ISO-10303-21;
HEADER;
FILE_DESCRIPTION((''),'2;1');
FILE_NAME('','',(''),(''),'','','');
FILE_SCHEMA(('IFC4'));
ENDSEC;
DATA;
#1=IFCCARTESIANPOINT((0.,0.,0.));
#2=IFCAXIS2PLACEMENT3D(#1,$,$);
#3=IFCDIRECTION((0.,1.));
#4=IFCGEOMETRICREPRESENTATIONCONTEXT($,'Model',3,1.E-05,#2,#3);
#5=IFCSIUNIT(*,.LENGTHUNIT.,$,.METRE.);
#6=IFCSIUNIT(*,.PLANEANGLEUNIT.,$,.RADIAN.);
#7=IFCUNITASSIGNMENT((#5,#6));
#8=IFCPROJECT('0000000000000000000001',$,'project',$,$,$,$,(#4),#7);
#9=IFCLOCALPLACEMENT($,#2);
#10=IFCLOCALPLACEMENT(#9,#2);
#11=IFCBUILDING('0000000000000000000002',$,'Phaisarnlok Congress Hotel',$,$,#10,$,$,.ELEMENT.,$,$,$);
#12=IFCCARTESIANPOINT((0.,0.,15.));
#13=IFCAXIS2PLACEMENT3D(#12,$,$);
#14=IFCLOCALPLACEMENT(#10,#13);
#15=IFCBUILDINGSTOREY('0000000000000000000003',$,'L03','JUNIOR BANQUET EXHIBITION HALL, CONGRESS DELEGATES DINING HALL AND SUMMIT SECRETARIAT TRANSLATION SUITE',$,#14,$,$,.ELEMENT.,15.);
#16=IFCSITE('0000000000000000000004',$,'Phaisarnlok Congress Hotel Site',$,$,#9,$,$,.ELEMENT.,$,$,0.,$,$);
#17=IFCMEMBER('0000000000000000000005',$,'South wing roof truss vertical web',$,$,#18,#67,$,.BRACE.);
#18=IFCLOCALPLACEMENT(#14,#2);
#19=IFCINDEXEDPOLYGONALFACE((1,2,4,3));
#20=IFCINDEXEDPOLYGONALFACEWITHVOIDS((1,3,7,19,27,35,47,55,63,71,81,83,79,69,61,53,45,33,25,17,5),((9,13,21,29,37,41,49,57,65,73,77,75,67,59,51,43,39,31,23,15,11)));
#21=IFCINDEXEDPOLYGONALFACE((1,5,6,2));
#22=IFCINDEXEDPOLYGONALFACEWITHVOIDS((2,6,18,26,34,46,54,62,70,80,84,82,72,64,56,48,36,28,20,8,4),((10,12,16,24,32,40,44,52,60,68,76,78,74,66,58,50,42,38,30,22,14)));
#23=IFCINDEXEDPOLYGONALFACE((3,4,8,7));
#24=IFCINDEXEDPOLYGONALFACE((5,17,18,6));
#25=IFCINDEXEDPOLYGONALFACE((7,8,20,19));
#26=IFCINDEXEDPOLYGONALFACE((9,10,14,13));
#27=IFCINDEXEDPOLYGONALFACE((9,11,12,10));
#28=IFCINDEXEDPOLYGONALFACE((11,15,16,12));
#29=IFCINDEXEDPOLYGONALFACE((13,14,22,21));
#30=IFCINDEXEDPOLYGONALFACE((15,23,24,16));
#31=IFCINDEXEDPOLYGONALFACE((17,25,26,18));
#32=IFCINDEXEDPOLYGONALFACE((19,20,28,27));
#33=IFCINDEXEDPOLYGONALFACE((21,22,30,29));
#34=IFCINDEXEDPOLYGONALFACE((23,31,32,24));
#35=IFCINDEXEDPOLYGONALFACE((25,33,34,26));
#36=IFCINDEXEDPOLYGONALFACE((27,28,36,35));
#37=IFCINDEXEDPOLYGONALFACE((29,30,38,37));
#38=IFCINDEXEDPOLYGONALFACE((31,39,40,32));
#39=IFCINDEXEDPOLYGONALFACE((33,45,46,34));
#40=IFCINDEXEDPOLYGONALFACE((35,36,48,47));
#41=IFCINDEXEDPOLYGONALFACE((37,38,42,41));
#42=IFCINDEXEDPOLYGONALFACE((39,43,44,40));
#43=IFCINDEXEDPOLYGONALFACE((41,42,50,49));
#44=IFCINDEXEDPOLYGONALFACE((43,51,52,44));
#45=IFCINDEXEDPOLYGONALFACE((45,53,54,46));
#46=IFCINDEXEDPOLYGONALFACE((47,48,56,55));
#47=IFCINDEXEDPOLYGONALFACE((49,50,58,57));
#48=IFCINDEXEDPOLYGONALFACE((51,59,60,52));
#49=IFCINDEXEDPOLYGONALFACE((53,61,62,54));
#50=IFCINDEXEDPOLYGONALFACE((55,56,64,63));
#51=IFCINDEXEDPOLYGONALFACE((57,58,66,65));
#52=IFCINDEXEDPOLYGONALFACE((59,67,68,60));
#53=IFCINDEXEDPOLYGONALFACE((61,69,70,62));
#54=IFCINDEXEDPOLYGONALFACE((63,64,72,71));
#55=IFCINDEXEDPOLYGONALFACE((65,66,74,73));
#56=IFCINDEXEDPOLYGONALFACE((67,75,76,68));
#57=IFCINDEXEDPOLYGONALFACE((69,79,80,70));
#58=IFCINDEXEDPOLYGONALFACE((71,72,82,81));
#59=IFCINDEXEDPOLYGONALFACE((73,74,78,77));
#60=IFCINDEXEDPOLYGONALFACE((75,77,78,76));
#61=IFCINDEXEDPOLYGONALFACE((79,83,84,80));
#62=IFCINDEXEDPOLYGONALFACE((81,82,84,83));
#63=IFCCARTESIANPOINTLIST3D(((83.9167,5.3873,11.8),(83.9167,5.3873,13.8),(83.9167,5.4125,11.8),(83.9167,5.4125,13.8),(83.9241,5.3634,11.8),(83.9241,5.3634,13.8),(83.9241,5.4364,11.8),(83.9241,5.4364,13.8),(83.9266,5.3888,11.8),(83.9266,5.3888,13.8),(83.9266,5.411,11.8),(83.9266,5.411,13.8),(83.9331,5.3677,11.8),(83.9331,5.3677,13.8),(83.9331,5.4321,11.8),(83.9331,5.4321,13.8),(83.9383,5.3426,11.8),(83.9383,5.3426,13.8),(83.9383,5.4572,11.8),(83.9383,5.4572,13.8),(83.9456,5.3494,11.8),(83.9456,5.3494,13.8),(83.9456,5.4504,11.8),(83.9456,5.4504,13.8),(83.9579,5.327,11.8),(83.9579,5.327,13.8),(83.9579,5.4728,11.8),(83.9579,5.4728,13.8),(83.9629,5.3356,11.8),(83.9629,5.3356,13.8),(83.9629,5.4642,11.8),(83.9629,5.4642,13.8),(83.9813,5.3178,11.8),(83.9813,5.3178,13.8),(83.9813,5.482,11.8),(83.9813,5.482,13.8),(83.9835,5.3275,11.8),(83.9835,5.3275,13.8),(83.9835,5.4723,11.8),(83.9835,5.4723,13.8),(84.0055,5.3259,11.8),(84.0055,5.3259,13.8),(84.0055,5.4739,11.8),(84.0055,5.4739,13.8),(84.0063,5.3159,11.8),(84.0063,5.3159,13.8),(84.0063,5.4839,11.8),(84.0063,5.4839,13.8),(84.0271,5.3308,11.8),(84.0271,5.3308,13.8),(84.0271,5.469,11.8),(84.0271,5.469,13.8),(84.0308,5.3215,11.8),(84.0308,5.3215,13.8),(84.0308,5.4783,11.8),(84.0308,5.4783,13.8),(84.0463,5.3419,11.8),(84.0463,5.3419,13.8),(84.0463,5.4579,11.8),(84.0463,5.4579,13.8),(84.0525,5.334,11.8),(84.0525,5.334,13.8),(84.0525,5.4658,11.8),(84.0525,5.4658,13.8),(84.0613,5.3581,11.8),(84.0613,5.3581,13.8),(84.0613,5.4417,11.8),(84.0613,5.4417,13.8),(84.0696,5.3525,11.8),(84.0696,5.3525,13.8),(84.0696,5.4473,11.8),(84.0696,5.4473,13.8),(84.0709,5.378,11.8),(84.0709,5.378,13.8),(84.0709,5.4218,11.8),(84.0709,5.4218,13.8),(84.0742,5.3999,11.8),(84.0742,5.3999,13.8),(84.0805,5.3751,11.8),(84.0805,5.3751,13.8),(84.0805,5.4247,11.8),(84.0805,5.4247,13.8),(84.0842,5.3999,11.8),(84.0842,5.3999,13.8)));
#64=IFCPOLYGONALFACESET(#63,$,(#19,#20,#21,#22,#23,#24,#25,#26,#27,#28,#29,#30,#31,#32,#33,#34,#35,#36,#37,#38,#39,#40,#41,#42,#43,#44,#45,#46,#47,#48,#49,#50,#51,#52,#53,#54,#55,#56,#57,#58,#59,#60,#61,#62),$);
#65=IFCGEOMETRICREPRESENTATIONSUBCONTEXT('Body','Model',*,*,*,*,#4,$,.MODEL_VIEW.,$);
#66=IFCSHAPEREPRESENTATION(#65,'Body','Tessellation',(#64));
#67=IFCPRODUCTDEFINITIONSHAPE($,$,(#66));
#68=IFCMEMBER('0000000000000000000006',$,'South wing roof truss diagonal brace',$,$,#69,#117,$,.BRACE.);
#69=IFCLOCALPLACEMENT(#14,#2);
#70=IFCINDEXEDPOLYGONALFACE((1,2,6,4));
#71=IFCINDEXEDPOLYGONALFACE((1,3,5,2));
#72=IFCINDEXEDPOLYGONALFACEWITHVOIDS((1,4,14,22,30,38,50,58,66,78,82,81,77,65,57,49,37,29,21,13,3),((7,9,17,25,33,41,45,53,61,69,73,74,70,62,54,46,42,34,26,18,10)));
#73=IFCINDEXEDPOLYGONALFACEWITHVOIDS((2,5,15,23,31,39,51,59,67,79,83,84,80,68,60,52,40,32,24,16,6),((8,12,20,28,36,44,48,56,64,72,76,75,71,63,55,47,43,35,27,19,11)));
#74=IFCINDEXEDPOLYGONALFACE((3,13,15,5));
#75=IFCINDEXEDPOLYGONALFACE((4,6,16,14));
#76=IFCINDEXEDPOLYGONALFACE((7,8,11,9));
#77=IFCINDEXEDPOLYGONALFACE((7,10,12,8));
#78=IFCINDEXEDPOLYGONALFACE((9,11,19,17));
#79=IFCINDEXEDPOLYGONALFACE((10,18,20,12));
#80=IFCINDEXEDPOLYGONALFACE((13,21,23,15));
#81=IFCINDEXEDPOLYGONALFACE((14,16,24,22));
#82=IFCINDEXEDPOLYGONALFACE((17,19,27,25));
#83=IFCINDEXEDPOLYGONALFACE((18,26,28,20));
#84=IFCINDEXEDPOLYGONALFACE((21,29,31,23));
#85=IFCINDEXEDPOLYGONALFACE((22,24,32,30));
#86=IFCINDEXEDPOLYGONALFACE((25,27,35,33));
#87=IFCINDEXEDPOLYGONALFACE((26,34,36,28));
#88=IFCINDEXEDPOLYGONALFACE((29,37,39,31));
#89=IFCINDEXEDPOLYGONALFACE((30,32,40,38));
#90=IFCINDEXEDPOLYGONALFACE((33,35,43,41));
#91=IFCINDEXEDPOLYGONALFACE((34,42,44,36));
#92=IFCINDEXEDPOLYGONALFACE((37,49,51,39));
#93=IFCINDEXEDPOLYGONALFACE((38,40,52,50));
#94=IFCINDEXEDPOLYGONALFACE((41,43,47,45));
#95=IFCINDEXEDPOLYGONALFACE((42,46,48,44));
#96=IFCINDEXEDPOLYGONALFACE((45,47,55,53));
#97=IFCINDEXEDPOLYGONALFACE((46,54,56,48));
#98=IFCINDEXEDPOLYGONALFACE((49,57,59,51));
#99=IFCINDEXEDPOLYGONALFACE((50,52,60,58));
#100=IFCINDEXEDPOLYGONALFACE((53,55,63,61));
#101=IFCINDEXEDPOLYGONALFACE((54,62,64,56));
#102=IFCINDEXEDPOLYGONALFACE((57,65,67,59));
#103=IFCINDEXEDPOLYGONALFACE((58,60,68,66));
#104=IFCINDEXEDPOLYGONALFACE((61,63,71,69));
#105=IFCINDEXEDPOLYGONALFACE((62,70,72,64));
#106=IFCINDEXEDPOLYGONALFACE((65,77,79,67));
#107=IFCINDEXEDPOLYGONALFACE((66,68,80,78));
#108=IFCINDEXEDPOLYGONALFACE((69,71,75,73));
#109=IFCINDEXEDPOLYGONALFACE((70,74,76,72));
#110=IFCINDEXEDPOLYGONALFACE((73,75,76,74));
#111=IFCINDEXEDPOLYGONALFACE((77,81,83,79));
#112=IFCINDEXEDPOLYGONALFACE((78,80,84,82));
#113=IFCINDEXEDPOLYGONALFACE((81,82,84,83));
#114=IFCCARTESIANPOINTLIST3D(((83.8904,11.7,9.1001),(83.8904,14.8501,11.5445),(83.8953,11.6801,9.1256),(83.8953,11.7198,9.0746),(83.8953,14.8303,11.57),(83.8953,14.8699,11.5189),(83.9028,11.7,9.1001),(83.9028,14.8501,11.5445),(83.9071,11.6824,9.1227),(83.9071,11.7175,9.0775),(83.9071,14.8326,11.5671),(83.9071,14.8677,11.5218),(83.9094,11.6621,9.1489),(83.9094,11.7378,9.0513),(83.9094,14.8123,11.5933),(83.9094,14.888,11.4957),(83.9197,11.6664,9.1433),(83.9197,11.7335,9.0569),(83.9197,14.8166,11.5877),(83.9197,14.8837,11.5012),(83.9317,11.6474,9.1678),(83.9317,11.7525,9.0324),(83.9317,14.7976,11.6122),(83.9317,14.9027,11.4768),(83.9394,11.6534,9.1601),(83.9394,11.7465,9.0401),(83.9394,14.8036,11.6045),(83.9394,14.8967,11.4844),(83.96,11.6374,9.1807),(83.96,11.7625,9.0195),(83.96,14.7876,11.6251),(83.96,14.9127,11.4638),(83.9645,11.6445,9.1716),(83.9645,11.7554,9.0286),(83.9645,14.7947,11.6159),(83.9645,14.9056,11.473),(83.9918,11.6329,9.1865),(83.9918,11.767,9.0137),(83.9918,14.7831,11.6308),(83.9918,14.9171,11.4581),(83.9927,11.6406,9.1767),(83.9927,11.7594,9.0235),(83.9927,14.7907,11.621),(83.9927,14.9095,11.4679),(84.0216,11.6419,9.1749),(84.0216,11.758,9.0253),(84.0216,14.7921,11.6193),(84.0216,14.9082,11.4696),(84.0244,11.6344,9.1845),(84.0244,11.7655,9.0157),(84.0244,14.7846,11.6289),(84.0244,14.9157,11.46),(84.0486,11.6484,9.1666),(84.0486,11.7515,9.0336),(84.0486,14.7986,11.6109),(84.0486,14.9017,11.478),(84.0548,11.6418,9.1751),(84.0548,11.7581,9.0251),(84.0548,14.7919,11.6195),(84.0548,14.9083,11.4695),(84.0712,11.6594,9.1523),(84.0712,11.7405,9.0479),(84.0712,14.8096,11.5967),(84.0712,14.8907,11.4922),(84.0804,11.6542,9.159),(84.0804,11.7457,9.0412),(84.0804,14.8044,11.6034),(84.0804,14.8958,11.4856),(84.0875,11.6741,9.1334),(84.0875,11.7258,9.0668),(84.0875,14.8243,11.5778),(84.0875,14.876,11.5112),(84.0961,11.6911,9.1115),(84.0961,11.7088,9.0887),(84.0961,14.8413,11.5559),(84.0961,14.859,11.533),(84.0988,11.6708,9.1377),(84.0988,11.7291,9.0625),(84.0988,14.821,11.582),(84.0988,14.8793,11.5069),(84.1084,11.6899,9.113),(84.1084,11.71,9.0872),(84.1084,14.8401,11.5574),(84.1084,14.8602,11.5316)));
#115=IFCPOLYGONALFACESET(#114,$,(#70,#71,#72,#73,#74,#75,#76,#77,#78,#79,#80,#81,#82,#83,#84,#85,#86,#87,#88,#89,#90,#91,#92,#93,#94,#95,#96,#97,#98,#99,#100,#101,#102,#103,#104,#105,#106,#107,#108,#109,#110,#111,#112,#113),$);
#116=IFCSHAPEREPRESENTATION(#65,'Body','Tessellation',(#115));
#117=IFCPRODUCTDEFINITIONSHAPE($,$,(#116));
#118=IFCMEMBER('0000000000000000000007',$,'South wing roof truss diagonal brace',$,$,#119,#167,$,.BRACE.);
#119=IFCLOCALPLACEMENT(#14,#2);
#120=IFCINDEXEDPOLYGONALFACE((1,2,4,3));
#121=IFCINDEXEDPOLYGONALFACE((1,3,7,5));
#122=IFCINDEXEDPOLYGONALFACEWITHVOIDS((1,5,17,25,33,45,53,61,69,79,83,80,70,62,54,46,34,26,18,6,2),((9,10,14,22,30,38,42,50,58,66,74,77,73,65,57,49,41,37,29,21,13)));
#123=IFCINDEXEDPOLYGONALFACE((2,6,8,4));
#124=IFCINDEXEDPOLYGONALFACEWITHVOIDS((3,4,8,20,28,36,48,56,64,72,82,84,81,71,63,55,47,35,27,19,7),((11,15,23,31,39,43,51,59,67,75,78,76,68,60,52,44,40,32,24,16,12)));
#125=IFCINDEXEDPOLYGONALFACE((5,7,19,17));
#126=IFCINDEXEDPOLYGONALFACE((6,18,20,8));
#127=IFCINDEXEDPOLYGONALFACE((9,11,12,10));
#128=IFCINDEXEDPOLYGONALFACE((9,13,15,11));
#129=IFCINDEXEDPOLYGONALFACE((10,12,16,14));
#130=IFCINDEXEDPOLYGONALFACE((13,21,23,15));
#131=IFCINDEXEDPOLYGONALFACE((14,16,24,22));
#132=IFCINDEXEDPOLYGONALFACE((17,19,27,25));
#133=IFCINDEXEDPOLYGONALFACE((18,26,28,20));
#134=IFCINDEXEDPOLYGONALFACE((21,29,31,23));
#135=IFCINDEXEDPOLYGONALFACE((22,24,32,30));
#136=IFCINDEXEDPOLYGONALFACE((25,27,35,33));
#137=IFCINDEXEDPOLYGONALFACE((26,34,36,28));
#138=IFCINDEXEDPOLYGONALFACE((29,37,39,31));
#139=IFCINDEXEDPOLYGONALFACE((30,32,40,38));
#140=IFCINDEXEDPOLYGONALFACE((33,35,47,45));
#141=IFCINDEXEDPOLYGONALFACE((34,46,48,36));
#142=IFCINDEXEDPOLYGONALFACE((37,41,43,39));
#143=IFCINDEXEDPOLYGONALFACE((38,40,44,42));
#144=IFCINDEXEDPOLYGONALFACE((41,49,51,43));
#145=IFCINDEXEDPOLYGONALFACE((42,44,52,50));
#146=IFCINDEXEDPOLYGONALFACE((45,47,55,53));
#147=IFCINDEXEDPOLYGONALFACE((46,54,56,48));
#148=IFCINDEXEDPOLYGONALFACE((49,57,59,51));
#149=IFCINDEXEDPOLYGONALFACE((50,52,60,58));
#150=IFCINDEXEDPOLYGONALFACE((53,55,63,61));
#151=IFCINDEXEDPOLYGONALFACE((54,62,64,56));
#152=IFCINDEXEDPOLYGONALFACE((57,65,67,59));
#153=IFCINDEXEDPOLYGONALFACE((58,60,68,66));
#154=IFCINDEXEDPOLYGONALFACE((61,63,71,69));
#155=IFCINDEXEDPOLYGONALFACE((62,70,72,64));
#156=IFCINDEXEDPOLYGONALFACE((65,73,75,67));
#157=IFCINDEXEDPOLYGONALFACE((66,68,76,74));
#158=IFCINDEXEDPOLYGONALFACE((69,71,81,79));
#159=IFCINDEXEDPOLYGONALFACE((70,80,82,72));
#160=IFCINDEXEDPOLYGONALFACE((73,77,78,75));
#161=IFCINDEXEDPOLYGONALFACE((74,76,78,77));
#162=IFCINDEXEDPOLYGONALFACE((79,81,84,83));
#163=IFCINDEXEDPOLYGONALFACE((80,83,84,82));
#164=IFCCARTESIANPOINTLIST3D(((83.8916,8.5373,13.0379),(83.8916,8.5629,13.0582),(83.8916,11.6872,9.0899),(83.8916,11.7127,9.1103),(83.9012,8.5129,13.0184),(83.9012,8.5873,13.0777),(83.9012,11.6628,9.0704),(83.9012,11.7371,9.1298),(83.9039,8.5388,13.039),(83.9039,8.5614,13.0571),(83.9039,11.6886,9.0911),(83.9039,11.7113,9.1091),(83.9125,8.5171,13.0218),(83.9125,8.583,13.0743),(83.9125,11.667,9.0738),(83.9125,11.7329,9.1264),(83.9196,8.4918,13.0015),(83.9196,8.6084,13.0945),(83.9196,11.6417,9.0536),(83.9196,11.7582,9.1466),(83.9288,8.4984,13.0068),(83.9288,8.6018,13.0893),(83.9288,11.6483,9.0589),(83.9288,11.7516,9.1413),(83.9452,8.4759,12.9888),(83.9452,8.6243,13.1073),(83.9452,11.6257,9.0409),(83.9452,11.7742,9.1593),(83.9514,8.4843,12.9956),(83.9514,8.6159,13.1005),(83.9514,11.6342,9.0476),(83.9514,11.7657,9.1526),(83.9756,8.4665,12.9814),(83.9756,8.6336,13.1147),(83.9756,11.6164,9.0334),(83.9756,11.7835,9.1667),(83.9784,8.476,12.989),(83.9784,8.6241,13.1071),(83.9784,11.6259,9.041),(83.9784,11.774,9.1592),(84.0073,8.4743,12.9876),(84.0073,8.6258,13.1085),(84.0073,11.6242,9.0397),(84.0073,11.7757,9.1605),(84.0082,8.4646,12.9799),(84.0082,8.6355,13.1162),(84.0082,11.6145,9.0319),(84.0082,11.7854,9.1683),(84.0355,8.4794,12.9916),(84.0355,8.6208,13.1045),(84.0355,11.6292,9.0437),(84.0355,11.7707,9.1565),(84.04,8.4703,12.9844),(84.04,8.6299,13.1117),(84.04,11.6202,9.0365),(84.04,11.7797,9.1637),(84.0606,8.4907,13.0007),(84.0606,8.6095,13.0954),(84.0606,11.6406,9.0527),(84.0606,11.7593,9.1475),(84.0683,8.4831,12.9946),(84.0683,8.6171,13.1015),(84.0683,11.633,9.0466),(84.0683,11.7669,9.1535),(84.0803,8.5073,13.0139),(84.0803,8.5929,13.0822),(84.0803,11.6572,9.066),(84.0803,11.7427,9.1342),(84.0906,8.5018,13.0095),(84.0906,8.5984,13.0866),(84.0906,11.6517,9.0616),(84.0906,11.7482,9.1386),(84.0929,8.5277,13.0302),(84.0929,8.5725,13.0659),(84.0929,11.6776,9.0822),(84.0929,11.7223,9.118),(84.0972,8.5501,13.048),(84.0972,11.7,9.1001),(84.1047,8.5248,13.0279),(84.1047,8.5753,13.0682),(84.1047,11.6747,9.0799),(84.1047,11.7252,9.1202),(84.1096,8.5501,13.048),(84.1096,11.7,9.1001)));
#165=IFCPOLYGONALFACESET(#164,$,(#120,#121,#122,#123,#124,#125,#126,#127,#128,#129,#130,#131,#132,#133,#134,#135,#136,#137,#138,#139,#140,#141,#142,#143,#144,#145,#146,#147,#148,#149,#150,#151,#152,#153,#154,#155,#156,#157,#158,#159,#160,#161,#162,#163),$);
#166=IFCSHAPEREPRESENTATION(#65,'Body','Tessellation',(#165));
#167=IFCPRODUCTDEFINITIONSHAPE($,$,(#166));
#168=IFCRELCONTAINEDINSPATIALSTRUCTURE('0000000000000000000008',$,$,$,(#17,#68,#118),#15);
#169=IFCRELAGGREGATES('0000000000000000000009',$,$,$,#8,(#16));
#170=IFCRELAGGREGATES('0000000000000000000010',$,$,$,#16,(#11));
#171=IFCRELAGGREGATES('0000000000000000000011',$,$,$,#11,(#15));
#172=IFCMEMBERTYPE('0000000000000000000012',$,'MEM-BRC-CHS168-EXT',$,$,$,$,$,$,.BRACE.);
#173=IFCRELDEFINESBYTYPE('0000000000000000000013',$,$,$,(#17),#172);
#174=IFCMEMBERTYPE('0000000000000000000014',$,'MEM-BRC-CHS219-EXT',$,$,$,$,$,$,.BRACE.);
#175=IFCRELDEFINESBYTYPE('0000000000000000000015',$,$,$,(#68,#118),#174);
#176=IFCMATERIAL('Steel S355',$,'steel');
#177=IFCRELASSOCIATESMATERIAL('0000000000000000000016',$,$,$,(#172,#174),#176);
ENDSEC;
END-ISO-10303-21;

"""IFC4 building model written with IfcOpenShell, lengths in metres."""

from ifc_helpers import new_model, si_unit, direction, frame, origin, origin_2d, place, context, subcontext, project, spatial, hollow_circle, extrude, material, material_profile, profile_set, type_object, element, save


model = new_model("IFC4")

# Units and contexts
model_context = context("Model", 3, precision=1e-05, world=origin(), true_north=direction((0.0, 1.0)))
body_context = subcontext(model_context, "Body", "Model", "MODEL_VIEW")
ifc_project = project(units=[si_unit("LENGTHUNIT", "METRE"), si_unit("PLANEANGLEUNIT", "RADIAN")], contexts=[model_context])

# Site, building, storey
site_placement = place(None, origin())
site = spatial("IfcSite", under=ifc_project, at=site_placement, Name="Phaisarnlok Congress Hotel Site", CompositionType="ELEMENT", RefElevation=0.0)
building_placement = place(site_placement, origin())
building = spatial("IfcBuilding", under=site, at=building_placement, Name="Phaisarnlok Congress Hotel", CompositionType="ELEMENT")
storey_placement = place(building_placement, frame((0.0, 0.0, 15.0)))
storey = spatial("IfcBuildingStorey", under=building, at=storey_placement, Name="L03", Description="JUNIOR BANQUET EXHIBITION HALL, CONGRESS DELEGATES DINING HALL AND SUMMIT SECRETARIAT TRANSLATION SUITE", CompositionType="ELEMENT", Elevation=15.0)

# Shared definitions
ifc_material_1 = material(Name="Steel S355", Category="steel")

# Members
ifc_material_profile_1 = material_profile(ifc_material_1, hollow_circle(Radius=0.0842, WallThickness=0.01, at=origin_2d()), Name="CHS 168.3x10")
ifc_profile_set_1 = profile_set([ifc_material_profile_1], Name="Steel S355")
member_type_1 = type_object("IfcMemberType", Name="MEM-BRC-CHS168-EXT", PredefinedType="BRACE", material=ifc_profile_set_1)
member_1_placement = place(storey_placement, frame((84.0, 5.3999, 11.8), z_axis=(0.0, 0.0, 1.0), x_axis=(1.0, 0.0, 0.0)))
element("IfcMember", 1, at=member_1_placement, inside=storey, type_object=member_type_1, Name="South wing roof truss vertical web", PredefinedType="BRACE", context=body_context, shape_type="SweptSolid", body=[
    extrude(hollow_circle(Radius=0.0842, WallThickness=0.01, at=origin_2d()), origin(), (0.0, 0.0, 1.0), 2.0),
])
ifc_material_profile_2 = material_profile(ifc_material_1, hollow_circle(Radius=0.1096, WallThickness=0.0125, at=origin_2d()), Name="CHS 219.1x12.5")
ifc_profile_set_2 = profile_set([ifc_material_profile_2], Name="Steel S355")
member_type_2 = type_object("IfcMemberType", Name="MEM-BRC-CHS219-EXT", PredefinedType="BRACE", material=ifc_profile_set_2)
member_2_placement = place(storey_placement, frame((84.0, 11.7, 9.1001), z_axis=(0.0, 0.790054, 0.613037), x_axis=(-1.0, 0.0, 0.0)))
element("IfcMember", 2, at=member_2_placement, inside=storey, type_object=member_type_2, Name="South wing roof truss diagonal brace", PredefinedType="BRACE", context=body_context, shape_type="SweptSolid", body=[
    extrude(hollow_circle(Radius=0.1096, WallThickness=0.0125, at=origin_2d()), origin(), (0.0, 0.0, 1.0), 3.9873),
])
member_3_placement = place(storey_placement, frame((84.0, 11.7, 9.1001), z_axis=(0.0, -0.623669, 0.781689), x_axis=(1.0, 0.0, 0.0)))
element("IfcMember", 3, at=member_3_placement, inside=storey, type_object=member_type_2, Name="South wing roof truss diagonal brace", PredefinedType="BRACE", context=body_context, shape_type="SweptSolid", body=[
    extrude(hollow_circle(Radius=0.1096, WallThickness=0.0125, at=origin_2d()), origin(), (0.0, 0.0, 1.0), 5.0505),
])

save(model, "model.ifc")
